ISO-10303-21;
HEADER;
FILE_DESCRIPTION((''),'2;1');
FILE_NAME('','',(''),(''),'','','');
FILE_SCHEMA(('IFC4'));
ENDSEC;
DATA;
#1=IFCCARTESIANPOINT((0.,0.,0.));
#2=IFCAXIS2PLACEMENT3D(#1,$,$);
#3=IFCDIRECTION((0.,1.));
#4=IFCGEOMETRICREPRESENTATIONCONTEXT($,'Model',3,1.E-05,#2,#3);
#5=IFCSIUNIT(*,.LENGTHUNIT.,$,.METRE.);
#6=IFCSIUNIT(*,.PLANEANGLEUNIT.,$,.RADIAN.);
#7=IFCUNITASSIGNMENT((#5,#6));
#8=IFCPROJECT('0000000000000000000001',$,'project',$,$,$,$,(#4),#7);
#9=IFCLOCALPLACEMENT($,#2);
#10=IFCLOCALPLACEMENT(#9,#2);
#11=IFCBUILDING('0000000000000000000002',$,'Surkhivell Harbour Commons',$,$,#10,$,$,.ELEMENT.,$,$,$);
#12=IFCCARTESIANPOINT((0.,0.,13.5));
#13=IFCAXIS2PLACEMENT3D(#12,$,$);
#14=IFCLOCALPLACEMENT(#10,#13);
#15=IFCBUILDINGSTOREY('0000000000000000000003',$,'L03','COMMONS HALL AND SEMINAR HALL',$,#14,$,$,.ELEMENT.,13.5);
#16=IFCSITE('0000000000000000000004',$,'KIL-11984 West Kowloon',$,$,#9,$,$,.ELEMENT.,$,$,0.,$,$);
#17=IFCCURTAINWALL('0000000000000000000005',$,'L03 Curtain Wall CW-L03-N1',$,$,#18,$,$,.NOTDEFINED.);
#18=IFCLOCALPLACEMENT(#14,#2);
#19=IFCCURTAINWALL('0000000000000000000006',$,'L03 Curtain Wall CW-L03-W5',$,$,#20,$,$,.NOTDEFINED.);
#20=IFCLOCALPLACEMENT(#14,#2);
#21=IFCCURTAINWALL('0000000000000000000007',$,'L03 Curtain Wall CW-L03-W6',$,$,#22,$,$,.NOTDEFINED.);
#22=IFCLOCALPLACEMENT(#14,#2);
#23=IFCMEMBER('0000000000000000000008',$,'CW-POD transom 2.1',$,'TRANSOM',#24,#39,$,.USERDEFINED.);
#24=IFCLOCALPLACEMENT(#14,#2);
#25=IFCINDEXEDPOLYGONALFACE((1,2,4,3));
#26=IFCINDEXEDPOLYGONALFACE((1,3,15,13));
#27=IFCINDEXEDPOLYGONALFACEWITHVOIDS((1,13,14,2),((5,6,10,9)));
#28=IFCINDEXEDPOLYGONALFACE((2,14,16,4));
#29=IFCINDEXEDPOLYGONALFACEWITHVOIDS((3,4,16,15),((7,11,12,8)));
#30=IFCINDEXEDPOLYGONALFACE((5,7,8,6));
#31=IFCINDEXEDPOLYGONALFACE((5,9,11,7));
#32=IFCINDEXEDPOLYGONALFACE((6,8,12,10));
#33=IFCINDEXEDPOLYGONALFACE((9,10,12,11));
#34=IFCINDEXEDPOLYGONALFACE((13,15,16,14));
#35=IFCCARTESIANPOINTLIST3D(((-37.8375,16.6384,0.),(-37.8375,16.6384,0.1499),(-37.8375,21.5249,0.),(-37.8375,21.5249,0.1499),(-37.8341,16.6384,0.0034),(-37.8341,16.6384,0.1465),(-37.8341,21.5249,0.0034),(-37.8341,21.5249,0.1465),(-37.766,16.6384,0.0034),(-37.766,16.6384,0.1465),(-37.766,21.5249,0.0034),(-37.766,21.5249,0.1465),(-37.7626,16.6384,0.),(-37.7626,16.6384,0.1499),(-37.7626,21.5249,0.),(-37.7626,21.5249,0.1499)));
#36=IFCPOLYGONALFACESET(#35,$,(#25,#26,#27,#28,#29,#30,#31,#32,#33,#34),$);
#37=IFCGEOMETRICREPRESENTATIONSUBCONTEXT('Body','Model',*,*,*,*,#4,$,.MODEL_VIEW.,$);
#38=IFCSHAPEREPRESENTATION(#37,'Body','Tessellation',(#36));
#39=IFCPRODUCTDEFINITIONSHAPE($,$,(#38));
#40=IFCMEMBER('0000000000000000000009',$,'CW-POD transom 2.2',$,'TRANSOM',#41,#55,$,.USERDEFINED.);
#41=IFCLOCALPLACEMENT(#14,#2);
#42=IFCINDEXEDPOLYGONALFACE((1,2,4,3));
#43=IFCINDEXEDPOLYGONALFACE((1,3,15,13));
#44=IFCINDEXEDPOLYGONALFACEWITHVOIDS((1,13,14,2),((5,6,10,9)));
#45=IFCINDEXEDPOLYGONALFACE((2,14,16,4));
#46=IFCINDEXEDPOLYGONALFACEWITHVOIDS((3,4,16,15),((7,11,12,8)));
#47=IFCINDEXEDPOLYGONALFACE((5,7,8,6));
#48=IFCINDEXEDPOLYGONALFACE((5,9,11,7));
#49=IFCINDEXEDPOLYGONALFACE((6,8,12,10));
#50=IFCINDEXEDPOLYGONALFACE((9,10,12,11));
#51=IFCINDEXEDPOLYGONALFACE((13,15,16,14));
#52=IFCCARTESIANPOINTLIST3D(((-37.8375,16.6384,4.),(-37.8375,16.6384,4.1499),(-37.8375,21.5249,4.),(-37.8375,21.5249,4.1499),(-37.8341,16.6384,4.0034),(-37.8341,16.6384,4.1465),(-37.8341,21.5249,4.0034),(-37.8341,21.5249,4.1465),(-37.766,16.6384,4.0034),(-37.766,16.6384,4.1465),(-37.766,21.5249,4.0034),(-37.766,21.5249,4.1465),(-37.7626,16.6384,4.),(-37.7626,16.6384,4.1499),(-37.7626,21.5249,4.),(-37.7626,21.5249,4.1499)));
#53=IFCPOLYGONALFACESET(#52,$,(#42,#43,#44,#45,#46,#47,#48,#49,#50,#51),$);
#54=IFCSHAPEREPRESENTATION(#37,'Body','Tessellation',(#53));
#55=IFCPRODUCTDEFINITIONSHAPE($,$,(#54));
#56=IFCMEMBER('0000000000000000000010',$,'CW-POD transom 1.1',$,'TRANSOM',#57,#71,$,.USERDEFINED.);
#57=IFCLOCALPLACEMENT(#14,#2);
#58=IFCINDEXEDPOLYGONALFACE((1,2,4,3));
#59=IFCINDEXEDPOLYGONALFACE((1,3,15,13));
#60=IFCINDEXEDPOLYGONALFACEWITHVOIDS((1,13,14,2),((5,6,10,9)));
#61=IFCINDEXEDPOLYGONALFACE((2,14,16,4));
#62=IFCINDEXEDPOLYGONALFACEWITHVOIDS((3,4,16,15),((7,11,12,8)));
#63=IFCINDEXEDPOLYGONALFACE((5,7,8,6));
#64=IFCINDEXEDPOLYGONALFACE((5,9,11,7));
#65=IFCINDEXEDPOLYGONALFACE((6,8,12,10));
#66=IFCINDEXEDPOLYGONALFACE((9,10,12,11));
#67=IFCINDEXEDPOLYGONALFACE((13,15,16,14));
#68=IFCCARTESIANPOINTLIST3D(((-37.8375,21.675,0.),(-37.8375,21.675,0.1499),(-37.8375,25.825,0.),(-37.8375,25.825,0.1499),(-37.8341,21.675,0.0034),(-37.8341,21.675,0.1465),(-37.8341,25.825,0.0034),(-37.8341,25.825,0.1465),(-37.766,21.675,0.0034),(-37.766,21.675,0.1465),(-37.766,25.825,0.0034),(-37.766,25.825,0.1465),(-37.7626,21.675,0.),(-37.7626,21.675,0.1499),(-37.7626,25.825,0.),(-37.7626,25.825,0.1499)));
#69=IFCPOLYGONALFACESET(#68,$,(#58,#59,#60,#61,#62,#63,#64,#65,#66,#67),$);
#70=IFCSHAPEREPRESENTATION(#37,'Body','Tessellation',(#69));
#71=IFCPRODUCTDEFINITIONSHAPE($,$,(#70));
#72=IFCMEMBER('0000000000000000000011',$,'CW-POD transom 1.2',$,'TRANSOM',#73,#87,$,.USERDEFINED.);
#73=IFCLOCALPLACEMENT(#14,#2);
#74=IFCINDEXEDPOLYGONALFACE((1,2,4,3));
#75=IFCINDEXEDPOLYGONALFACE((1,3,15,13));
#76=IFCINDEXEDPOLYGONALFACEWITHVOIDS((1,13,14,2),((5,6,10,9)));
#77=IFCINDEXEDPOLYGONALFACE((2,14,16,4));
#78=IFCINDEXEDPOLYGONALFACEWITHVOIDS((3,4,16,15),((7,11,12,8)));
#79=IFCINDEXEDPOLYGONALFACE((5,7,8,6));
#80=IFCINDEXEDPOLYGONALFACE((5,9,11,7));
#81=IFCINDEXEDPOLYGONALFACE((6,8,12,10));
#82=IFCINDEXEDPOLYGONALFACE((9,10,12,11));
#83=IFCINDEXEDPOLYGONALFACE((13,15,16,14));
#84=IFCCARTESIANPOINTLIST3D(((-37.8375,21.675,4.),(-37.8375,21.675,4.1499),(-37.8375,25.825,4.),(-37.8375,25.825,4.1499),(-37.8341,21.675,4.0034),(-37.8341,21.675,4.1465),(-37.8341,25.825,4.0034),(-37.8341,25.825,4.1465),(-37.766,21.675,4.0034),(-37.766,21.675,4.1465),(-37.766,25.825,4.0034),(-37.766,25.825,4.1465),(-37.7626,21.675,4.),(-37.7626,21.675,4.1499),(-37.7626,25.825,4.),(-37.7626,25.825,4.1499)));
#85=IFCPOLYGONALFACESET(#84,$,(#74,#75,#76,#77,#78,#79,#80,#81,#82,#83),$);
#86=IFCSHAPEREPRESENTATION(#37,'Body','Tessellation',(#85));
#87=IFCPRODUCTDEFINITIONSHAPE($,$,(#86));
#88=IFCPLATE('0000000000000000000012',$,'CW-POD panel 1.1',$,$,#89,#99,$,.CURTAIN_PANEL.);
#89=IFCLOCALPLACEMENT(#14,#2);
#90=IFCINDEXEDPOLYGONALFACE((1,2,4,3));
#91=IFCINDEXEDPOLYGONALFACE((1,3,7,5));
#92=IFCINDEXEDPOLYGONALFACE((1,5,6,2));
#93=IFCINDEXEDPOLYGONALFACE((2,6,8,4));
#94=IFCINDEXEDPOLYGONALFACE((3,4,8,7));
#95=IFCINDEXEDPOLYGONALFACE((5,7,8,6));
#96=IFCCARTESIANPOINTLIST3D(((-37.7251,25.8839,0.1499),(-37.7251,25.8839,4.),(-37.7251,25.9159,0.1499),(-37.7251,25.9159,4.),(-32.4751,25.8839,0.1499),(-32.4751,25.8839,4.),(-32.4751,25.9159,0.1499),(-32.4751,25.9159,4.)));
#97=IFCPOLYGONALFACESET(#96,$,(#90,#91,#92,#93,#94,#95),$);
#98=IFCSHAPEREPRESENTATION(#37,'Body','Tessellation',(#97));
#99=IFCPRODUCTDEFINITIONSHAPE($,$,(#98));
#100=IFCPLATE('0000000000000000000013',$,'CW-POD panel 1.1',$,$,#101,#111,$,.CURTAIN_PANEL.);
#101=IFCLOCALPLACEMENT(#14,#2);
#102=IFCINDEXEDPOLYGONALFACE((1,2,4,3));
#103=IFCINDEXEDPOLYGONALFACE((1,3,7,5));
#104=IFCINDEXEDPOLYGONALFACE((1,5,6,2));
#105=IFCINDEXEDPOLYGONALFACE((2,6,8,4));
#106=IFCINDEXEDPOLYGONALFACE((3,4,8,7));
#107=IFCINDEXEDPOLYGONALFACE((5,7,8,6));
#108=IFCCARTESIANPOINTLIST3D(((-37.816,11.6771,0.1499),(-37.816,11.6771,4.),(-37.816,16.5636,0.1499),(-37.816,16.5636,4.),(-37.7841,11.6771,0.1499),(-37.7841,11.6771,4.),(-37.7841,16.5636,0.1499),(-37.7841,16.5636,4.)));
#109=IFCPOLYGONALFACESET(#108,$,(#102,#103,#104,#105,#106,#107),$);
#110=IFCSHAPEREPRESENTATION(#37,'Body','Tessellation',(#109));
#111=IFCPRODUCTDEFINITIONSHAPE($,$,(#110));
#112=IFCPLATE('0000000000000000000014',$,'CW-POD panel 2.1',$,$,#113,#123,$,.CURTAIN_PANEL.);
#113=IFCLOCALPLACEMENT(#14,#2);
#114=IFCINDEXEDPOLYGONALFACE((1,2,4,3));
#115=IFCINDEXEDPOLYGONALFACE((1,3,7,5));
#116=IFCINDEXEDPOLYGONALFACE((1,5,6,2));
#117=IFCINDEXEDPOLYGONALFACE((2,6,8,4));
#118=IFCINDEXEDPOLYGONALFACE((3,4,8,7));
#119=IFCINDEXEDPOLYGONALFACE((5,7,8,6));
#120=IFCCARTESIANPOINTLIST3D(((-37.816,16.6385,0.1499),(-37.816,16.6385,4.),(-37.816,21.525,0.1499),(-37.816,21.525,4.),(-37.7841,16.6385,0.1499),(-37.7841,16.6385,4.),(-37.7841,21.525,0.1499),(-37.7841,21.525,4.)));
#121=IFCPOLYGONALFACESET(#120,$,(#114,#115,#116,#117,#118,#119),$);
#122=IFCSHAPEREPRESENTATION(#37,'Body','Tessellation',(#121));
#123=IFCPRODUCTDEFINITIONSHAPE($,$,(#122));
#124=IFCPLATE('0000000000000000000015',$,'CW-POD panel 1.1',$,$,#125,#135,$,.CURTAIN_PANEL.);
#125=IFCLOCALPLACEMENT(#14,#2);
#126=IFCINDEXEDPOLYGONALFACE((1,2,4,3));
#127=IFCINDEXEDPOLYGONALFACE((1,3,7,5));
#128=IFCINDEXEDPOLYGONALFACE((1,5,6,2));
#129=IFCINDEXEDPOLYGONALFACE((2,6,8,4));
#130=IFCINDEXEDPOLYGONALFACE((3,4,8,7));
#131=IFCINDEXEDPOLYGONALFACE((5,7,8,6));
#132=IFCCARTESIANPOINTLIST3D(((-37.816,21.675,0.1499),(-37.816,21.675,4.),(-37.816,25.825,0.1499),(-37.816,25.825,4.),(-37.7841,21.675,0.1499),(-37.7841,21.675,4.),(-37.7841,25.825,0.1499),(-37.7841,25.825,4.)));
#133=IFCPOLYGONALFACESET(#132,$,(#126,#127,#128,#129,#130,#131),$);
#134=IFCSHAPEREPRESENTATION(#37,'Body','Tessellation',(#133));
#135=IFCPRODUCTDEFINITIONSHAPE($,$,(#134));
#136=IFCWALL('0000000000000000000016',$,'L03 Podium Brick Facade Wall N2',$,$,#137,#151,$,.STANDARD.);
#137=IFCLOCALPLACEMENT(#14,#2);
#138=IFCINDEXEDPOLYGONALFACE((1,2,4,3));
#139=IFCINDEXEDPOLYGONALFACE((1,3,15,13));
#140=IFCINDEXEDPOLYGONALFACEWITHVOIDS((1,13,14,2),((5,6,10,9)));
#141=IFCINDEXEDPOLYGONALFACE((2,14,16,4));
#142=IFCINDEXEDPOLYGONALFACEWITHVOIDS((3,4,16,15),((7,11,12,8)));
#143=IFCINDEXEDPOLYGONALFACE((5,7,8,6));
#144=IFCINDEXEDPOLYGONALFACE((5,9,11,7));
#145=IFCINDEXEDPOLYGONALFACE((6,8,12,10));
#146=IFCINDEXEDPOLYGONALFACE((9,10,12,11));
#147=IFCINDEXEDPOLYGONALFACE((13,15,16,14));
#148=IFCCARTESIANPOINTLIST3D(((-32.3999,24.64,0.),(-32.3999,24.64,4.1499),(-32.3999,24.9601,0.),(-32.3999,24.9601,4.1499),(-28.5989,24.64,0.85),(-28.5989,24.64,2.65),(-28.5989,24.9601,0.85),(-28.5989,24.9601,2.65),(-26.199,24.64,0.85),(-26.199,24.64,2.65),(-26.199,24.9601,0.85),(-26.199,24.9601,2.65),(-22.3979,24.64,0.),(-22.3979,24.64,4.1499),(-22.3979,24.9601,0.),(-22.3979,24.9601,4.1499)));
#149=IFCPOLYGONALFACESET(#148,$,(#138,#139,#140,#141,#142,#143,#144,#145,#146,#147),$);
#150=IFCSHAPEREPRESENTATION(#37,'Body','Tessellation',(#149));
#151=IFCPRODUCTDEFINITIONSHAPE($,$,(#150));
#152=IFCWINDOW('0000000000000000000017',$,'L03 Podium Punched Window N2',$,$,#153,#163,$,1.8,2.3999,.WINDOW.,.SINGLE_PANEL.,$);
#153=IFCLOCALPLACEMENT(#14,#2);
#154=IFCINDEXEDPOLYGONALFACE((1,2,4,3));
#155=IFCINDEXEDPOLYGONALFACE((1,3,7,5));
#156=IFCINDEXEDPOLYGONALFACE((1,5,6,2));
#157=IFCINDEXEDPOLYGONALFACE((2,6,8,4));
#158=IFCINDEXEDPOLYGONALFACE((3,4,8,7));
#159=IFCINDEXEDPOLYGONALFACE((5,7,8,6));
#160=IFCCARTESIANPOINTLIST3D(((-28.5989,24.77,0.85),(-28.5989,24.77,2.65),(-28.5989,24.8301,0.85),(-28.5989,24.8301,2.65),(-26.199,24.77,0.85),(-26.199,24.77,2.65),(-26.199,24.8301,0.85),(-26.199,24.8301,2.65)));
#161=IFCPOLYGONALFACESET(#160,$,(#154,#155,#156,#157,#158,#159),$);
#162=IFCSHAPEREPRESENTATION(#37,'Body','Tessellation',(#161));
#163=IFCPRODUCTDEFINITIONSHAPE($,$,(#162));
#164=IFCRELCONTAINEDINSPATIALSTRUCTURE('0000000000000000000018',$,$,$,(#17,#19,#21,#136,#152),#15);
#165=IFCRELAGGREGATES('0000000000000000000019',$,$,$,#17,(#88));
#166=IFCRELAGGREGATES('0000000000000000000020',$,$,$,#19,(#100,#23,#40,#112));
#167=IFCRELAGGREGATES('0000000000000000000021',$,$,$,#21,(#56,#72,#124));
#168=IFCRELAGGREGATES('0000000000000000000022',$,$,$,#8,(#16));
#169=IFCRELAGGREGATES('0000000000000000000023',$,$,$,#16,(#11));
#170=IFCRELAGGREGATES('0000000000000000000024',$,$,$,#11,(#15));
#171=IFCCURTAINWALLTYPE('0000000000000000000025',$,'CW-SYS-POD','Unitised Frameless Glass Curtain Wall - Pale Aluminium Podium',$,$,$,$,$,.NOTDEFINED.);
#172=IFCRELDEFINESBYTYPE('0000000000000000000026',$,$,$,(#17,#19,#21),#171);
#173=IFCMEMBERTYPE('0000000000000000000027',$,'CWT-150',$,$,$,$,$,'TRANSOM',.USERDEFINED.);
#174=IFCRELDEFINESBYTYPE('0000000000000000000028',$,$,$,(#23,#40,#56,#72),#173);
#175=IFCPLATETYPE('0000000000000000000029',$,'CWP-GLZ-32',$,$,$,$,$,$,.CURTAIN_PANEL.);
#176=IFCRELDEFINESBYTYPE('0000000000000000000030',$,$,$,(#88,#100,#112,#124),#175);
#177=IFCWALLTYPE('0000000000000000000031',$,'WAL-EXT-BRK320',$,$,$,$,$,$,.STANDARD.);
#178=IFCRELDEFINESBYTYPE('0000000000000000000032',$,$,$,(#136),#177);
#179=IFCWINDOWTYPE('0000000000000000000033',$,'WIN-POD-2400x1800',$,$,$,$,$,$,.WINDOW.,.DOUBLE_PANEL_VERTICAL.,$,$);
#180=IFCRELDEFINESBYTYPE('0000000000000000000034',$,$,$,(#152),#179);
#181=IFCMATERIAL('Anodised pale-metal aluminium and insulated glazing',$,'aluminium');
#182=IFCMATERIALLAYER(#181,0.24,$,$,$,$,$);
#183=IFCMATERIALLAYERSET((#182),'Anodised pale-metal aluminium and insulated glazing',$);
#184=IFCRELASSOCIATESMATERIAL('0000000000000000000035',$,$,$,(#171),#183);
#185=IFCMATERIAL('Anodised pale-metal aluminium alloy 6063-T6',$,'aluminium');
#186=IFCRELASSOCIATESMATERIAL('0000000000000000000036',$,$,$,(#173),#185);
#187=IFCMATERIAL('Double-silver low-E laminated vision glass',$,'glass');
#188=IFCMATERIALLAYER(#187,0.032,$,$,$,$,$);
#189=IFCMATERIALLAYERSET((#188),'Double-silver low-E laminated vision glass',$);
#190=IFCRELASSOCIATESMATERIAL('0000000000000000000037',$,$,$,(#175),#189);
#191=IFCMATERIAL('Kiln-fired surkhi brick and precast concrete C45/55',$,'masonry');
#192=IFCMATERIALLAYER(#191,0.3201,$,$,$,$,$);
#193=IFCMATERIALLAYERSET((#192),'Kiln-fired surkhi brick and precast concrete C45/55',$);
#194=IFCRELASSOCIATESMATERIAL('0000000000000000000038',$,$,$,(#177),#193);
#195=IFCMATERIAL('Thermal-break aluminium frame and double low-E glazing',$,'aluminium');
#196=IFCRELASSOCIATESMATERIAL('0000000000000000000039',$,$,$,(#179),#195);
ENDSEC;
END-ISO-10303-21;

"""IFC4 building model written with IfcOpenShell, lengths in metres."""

from ifc_helpers import new_model, si_unit, direction, frame, frame_2d, origin, origin_2d, place, context, subcontext, project, spatial, rectangle, hollow_rectangle, extrude, material, layer, layer_set, material_profile, profile_set, type_object, element, fill, aggregate, save


model = new_model("IFC4")

# Units and contexts
model_context = context("Model", 3, precision=1e-05, world=origin(), true_north=direction((0.0, 1.0)))
body_context = subcontext(model_context, "Body", "Model", "MODEL_VIEW")
ifc_project = project(units=[si_unit("LENGTHUNIT", "METRE"), si_unit("PLANEANGLEUNIT", "RADIAN")], contexts=[model_context])

# Site, building, storey
site_placement = place(None, origin())
site = spatial("IfcSite", under=ifc_project, at=site_placement, Name="KIL-11984 West Kowloon", CompositionType="ELEMENT", RefElevation=0.0)
building_placement = place(site_placement, origin())
building = spatial("IfcBuilding", under=site, at=building_placement, Name="Surkhivell Harbour Commons", CompositionType="ELEMENT")
storey_placement = place(building_placement, frame((0.0, 0.0, 13.5)))
storey = spatial("IfcBuildingStorey", under=building, at=storey_placement, Name="L03", Description="COMMONS HALL AND SEMINAR HALL", CompositionType="ELEMENT", Elevation=13.5)

# Curtain walls
ifc_material_1 = material(Name="Anodised pale-metal aluminium and insulated glazing", Category="aluminium")
ifc_layer_1 = layer(ifc_material_1, 0.24)
ifc_layer_set_1 = layer_set([ifc_layer_1], Name="Anodised pale-metal aluminium and insulated glazing")
curtain_wall_type = type_object("IfcCurtainWallType", Name="CW-SYS-POD", Description="Unitised Frameless Glass Curtain Wall - Pale Aluminium Podium", PredefinedType="NOTDEFINED", material=ifc_layer_set_1)
curtain_wall_1_placement = place(storey_placement, origin())
curtain_wall_1 = element("IfcCurtainWall", 1, at=curtain_wall_1_placement, inside=storey, type_object=curtain_wall_type, Name="L03 Curtain Wall CW-L03-N1", PredefinedType="NOTDEFINED")
ifc_material_2 = material(Name="Anodised pale-metal aluminium alloy 6063-T6", Category="aluminium")
curtain_wall_2_placement = place(storey_placement, origin())
curtain_wall_2 = element("IfcCurtainWall", 2, at=curtain_wall_2_placement, inside=storey, type_object=curtain_wall_type, Name="L03 Curtain Wall CW-L03-W5", PredefinedType="NOTDEFINED")
curtain_wall_3_placement = place(storey_placement, origin())
curtain_wall_3 = element("IfcCurtainWall", 3, at=curtain_wall_3_placement, inside=storey, type_object=curtain_wall_type, Name="L03 Curtain Wall CW-L03-W6", PredefinedType="NOTDEFINED")

# Members
ifc_material_profile_1 = material_profile(ifc_material_2, hollow_rectangle(XDim=0.075, YDim=0.1499, WallThickness=0.0034, at=origin_2d()), Name="ALU-TRAN-75x150")
ifc_profile_set_1 = profile_set([ifc_material_profile_1], Name="Anodised pale-metal aluminium alloy 6063-T6")
member_type_1 = type_object("IfcMemberType", Name="CWT-150", ElementType="TRANSOM", PredefinedType="USERDEFINED", material=ifc_profile_set_1)
member_1_placement = place(storey_placement, frame((-37.8, 16.6384, 0.075), z_axis=(0.0, 1.0, 0.0), x_axis=(-1.0, 0.0, 0.0)))
member_1 = element("IfcMember", 4, at=member_1_placement, type_object=member_type_1, Name="CW-POD transom 2.1", ObjectType="TRANSOM", PredefinedType="USERDEFINED", context=body_context, shape_type="SweptSolid", body=[
    extrude(hollow_rectangle(XDim=0.075, YDim=0.1499, WallThickness=0.0034, at=origin_2d()), origin(), (0.0, 0.0, 1.0), 4.8865),
])
member_2_placement = place(storey_placement, frame((-37.8, 16.6384, 4.075), z_axis=(0.0, 1.0, 0.0), x_axis=(-1.0, 0.0, 0.0)))
member_2 = element("IfcMember", 5, at=member_2_placement, type_object=member_type_1, Name="CW-POD transom 2.2", ObjectType="TRANSOM", PredefinedType="USERDEFINED", context=body_context, shape_type="SweptSolid", body=[
    extrude(hollow_rectangle(XDim=0.075, YDim=0.1499, WallThickness=0.0034, at=origin_2d()), origin(), (0.0, 0.0, 1.0), 4.8865),
])
member_3_placement = place(storey_placement, frame((-37.8, 21.675, 0.075), z_axis=(0.0, 1.0, 0.0), x_axis=(-1.0, 0.0, 0.0)))
member_3 = element("IfcMember", 6, at=member_3_placement, type_object=member_type_1, Name="CW-POD transom 1.1", ObjectType="TRANSOM", PredefinedType="USERDEFINED", context=body_context, shape_type="SweptSolid", body=[
    extrude(hollow_rectangle(XDim=0.075, YDim=0.1499, WallThickness=0.0034, at=origin_2d()), origin(), (0.0, 0.0, 1.0), 4.1499),
])
member_4_placement = place(storey_placement, frame((-37.8, 21.675, 4.075), z_axis=(0.0, 1.0, 0.0), x_axis=(-1.0, 0.0, 0.0)))
member_4 = element("IfcMember", 7, at=member_4_placement, type_object=member_type_1, Name="CW-POD transom 1.2", ObjectType="TRANSOM", PredefinedType="USERDEFINED", context=body_context, shape_type="SweptSolid", body=[
    extrude(hollow_rectangle(XDim=0.075, YDim=0.1499, WallThickness=0.0034, at=origin_2d()), origin(), (0.0, 0.0, 1.0), 4.1499),
])

# Plates
ifc_material_3 = material(Name="Double-silver low-E laminated vision glass", Category="glass")
ifc_layer_2 = layer(ifc_material_3, 0.032)
ifc_layer_set_2 = layer_set([ifc_layer_2], Name="Double-silver low-E laminated vision glass")
plate_type = type_object("IfcPlateType", Name="CWP-GLZ-32", PredefinedType="CURTAIN_PANEL", material=ifc_layer_set_2)
plate_1_placement = place(storey_placement, frame((-37.7251, 25.8999, 0.1499), z_axis=(0.0, 0.0, 1.0), x_axis=(1.0, 0.0, 0.0)))
plate_1 = element("IfcPlate", 8, at=plate_1_placement, type_object=plate_type, Name="CW-POD panel 1.1", PredefinedType="CURTAIN_PANEL", context=body_context, shape_type="SweptSolid", body=[
    extrude(rectangle(XDim=5.25, YDim=0.032, at=frame_2d((2.625, 0.0))), origin(), (0.0, 0.0, 1.0), 3.8501),
])
aggregate(curtain_wall_1, [plate_1])
plate_2_placement = place(storey_placement, frame((-37.8, 11.677, 0.1499), z_axis=(0.0, 0.0, 1.0), x_axis=(0.0, 1.0, 0.0)))
plate_2 = element("IfcPlate", 9, at=plate_2_placement, type_object=plate_type, Name="CW-POD panel 1.1", PredefinedType="CURTAIN_PANEL", context=body_context, shape_type="SweptSolid", body=[
    extrude(rectangle(XDim=4.8865, YDim=0.032, at=frame_2d((2.4434, 0.0))), origin(), (0.0, 0.0, 1.0), 3.8501),
])
plate_3_placement = place(storey_placement, frame((-37.8, 16.6384, 0.1499), z_axis=(0.0, 0.0, 1.0), x_axis=(0.0, 1.0, 0.0)))
plate_3 = element("IfcPlate", 10, at=plate_3_placement, type_object=plate_type, Name="CW-POD panel 2.1", PredefinedType="CURTAIN_PANEL", context=body_context, shape_type="SweptSolid", body=[
    extrude(rectangle(XDim=4.8865, YDim=0.032, at=frame_2d((2.4434, 0.0))), origin(), (0.0, 0.0, 1.0), 3.8501),
])
aggregate(curtain_wall_2, [plate_2, member_1, member_2, plate_3])
plate_4_placement = place(storey_placement, frame((-37.8, 21.675, 0.1499), z_axis=(0.0, 0.0, 1.0), x_axis=(0.0, 1.0, 0.0)))
plate_4 = element("IfcPlate", 11, at=plate_4_placement, type_object=plate_type, Name="CW-POD panel 1.1", PredefinedType="CURTAIN_PANEL", context=body_context, shape_type="SweptSolid", body=[
    extrude(rectangle(XDim=4.1499, YDim=0.032, at=frame_2d((2.075, 0.0))), origin(), (0.0, 0.0, 1.0), 3.8501),
])
aggregate(curtain_wall_3, [member_3, member_4, plate_4])

# Wall, opening, window
ifc_material_4 = material(Name="Kiln-fired surkhi brick and precast concrete C45/55", Category="masonry")
ifc_layer_3 = layer(ifc_material_4, 0.3201)
ifc_layer_set_3 = layer_set([ifc_layer_3], Name="Kiln-fired surkhi brick and precast concrete C45/55")
wall_type = type_object("IfcWallType", Name="WAL-EXT-BRK320", PredefinedType="STANDARD", material=ifc_layer_set_3)
wall_placement = place(storey_placement, frame((-32.3999, 24.8, 0.0), z_axis=(0.0, 0.0, 1.0), x_axis=(1.0, 0.0, 0.0)))
wall = element("IfcWall", 12, at=wall_placement, inside=storey, type_object=wall_type, Name="L03 Podium Brick Facade Wall N2", PredefinedType="STANDARD", context=body_context, shape_type="SweptSolid", body=[
    extrude(rectangle(XDim=10.002, YDim=0.3201, at=frame_2d((5.001, 0.0))), origin(), (0.0, 0.0, 1.0), 4.1499),
])
opening_placement = place(wall_placement, frame((3.801, 0.0, 0.8501)))
opening = element("IfcOpeningElement", 13, at=opening_placement, cuts=wall, PredefinedType="OPENING", context=body_context, shape_type="SweptSolid", body=[
    extrude(rectangle(XDim=2.3999, YDim=1.8, at=frame_2d((1.2, 0.8999))), frame((0.0, 0.1699, 0.0), z_axis=(0.0, -1.0, 0.0), x_axis=(1.0, 0.0, 0.0)), (0.0, 0.0, 1.0), 0.3401),
])
ifc_material_5 = material(Name="Thermal-break aluminium frame and double low-E glazing", Category="aluminium")
window_type = type_object("IfcWindowType", Name="WIN-POD-2400x1800", PartitioningType="DOUBLE_PANEL_VERTICAL", PredefinedType="WINDOW", material=ifc_material_5)
window_placement = place(opening_placement, origin())
window = element("IfcWindow", 14, at=window_placement, inside=storey, type_object=window_type, Name="L03 Podium Punched Window N2", OverallHeight=1.8, OverallWidth=2.3999, PartitioningType="SINGLE_PANEL", PredefinedType="WINDOW", context=body_context, shape_type="SweptSolid", body=[
    extrude(rectangle(XDim=2.3999, YDim=1.8, at=frame_2d((1.2, 0.8999))), frame((0.0, 0.03, 0.0), z_axis=(0.0, -1.0, 0.0), x_axis=(1.0, 0.0, 0.0)), (0.0, 0.0, 1.0), 0.0601),
])
fill(opening, window)

save(model, "model.ifc")
